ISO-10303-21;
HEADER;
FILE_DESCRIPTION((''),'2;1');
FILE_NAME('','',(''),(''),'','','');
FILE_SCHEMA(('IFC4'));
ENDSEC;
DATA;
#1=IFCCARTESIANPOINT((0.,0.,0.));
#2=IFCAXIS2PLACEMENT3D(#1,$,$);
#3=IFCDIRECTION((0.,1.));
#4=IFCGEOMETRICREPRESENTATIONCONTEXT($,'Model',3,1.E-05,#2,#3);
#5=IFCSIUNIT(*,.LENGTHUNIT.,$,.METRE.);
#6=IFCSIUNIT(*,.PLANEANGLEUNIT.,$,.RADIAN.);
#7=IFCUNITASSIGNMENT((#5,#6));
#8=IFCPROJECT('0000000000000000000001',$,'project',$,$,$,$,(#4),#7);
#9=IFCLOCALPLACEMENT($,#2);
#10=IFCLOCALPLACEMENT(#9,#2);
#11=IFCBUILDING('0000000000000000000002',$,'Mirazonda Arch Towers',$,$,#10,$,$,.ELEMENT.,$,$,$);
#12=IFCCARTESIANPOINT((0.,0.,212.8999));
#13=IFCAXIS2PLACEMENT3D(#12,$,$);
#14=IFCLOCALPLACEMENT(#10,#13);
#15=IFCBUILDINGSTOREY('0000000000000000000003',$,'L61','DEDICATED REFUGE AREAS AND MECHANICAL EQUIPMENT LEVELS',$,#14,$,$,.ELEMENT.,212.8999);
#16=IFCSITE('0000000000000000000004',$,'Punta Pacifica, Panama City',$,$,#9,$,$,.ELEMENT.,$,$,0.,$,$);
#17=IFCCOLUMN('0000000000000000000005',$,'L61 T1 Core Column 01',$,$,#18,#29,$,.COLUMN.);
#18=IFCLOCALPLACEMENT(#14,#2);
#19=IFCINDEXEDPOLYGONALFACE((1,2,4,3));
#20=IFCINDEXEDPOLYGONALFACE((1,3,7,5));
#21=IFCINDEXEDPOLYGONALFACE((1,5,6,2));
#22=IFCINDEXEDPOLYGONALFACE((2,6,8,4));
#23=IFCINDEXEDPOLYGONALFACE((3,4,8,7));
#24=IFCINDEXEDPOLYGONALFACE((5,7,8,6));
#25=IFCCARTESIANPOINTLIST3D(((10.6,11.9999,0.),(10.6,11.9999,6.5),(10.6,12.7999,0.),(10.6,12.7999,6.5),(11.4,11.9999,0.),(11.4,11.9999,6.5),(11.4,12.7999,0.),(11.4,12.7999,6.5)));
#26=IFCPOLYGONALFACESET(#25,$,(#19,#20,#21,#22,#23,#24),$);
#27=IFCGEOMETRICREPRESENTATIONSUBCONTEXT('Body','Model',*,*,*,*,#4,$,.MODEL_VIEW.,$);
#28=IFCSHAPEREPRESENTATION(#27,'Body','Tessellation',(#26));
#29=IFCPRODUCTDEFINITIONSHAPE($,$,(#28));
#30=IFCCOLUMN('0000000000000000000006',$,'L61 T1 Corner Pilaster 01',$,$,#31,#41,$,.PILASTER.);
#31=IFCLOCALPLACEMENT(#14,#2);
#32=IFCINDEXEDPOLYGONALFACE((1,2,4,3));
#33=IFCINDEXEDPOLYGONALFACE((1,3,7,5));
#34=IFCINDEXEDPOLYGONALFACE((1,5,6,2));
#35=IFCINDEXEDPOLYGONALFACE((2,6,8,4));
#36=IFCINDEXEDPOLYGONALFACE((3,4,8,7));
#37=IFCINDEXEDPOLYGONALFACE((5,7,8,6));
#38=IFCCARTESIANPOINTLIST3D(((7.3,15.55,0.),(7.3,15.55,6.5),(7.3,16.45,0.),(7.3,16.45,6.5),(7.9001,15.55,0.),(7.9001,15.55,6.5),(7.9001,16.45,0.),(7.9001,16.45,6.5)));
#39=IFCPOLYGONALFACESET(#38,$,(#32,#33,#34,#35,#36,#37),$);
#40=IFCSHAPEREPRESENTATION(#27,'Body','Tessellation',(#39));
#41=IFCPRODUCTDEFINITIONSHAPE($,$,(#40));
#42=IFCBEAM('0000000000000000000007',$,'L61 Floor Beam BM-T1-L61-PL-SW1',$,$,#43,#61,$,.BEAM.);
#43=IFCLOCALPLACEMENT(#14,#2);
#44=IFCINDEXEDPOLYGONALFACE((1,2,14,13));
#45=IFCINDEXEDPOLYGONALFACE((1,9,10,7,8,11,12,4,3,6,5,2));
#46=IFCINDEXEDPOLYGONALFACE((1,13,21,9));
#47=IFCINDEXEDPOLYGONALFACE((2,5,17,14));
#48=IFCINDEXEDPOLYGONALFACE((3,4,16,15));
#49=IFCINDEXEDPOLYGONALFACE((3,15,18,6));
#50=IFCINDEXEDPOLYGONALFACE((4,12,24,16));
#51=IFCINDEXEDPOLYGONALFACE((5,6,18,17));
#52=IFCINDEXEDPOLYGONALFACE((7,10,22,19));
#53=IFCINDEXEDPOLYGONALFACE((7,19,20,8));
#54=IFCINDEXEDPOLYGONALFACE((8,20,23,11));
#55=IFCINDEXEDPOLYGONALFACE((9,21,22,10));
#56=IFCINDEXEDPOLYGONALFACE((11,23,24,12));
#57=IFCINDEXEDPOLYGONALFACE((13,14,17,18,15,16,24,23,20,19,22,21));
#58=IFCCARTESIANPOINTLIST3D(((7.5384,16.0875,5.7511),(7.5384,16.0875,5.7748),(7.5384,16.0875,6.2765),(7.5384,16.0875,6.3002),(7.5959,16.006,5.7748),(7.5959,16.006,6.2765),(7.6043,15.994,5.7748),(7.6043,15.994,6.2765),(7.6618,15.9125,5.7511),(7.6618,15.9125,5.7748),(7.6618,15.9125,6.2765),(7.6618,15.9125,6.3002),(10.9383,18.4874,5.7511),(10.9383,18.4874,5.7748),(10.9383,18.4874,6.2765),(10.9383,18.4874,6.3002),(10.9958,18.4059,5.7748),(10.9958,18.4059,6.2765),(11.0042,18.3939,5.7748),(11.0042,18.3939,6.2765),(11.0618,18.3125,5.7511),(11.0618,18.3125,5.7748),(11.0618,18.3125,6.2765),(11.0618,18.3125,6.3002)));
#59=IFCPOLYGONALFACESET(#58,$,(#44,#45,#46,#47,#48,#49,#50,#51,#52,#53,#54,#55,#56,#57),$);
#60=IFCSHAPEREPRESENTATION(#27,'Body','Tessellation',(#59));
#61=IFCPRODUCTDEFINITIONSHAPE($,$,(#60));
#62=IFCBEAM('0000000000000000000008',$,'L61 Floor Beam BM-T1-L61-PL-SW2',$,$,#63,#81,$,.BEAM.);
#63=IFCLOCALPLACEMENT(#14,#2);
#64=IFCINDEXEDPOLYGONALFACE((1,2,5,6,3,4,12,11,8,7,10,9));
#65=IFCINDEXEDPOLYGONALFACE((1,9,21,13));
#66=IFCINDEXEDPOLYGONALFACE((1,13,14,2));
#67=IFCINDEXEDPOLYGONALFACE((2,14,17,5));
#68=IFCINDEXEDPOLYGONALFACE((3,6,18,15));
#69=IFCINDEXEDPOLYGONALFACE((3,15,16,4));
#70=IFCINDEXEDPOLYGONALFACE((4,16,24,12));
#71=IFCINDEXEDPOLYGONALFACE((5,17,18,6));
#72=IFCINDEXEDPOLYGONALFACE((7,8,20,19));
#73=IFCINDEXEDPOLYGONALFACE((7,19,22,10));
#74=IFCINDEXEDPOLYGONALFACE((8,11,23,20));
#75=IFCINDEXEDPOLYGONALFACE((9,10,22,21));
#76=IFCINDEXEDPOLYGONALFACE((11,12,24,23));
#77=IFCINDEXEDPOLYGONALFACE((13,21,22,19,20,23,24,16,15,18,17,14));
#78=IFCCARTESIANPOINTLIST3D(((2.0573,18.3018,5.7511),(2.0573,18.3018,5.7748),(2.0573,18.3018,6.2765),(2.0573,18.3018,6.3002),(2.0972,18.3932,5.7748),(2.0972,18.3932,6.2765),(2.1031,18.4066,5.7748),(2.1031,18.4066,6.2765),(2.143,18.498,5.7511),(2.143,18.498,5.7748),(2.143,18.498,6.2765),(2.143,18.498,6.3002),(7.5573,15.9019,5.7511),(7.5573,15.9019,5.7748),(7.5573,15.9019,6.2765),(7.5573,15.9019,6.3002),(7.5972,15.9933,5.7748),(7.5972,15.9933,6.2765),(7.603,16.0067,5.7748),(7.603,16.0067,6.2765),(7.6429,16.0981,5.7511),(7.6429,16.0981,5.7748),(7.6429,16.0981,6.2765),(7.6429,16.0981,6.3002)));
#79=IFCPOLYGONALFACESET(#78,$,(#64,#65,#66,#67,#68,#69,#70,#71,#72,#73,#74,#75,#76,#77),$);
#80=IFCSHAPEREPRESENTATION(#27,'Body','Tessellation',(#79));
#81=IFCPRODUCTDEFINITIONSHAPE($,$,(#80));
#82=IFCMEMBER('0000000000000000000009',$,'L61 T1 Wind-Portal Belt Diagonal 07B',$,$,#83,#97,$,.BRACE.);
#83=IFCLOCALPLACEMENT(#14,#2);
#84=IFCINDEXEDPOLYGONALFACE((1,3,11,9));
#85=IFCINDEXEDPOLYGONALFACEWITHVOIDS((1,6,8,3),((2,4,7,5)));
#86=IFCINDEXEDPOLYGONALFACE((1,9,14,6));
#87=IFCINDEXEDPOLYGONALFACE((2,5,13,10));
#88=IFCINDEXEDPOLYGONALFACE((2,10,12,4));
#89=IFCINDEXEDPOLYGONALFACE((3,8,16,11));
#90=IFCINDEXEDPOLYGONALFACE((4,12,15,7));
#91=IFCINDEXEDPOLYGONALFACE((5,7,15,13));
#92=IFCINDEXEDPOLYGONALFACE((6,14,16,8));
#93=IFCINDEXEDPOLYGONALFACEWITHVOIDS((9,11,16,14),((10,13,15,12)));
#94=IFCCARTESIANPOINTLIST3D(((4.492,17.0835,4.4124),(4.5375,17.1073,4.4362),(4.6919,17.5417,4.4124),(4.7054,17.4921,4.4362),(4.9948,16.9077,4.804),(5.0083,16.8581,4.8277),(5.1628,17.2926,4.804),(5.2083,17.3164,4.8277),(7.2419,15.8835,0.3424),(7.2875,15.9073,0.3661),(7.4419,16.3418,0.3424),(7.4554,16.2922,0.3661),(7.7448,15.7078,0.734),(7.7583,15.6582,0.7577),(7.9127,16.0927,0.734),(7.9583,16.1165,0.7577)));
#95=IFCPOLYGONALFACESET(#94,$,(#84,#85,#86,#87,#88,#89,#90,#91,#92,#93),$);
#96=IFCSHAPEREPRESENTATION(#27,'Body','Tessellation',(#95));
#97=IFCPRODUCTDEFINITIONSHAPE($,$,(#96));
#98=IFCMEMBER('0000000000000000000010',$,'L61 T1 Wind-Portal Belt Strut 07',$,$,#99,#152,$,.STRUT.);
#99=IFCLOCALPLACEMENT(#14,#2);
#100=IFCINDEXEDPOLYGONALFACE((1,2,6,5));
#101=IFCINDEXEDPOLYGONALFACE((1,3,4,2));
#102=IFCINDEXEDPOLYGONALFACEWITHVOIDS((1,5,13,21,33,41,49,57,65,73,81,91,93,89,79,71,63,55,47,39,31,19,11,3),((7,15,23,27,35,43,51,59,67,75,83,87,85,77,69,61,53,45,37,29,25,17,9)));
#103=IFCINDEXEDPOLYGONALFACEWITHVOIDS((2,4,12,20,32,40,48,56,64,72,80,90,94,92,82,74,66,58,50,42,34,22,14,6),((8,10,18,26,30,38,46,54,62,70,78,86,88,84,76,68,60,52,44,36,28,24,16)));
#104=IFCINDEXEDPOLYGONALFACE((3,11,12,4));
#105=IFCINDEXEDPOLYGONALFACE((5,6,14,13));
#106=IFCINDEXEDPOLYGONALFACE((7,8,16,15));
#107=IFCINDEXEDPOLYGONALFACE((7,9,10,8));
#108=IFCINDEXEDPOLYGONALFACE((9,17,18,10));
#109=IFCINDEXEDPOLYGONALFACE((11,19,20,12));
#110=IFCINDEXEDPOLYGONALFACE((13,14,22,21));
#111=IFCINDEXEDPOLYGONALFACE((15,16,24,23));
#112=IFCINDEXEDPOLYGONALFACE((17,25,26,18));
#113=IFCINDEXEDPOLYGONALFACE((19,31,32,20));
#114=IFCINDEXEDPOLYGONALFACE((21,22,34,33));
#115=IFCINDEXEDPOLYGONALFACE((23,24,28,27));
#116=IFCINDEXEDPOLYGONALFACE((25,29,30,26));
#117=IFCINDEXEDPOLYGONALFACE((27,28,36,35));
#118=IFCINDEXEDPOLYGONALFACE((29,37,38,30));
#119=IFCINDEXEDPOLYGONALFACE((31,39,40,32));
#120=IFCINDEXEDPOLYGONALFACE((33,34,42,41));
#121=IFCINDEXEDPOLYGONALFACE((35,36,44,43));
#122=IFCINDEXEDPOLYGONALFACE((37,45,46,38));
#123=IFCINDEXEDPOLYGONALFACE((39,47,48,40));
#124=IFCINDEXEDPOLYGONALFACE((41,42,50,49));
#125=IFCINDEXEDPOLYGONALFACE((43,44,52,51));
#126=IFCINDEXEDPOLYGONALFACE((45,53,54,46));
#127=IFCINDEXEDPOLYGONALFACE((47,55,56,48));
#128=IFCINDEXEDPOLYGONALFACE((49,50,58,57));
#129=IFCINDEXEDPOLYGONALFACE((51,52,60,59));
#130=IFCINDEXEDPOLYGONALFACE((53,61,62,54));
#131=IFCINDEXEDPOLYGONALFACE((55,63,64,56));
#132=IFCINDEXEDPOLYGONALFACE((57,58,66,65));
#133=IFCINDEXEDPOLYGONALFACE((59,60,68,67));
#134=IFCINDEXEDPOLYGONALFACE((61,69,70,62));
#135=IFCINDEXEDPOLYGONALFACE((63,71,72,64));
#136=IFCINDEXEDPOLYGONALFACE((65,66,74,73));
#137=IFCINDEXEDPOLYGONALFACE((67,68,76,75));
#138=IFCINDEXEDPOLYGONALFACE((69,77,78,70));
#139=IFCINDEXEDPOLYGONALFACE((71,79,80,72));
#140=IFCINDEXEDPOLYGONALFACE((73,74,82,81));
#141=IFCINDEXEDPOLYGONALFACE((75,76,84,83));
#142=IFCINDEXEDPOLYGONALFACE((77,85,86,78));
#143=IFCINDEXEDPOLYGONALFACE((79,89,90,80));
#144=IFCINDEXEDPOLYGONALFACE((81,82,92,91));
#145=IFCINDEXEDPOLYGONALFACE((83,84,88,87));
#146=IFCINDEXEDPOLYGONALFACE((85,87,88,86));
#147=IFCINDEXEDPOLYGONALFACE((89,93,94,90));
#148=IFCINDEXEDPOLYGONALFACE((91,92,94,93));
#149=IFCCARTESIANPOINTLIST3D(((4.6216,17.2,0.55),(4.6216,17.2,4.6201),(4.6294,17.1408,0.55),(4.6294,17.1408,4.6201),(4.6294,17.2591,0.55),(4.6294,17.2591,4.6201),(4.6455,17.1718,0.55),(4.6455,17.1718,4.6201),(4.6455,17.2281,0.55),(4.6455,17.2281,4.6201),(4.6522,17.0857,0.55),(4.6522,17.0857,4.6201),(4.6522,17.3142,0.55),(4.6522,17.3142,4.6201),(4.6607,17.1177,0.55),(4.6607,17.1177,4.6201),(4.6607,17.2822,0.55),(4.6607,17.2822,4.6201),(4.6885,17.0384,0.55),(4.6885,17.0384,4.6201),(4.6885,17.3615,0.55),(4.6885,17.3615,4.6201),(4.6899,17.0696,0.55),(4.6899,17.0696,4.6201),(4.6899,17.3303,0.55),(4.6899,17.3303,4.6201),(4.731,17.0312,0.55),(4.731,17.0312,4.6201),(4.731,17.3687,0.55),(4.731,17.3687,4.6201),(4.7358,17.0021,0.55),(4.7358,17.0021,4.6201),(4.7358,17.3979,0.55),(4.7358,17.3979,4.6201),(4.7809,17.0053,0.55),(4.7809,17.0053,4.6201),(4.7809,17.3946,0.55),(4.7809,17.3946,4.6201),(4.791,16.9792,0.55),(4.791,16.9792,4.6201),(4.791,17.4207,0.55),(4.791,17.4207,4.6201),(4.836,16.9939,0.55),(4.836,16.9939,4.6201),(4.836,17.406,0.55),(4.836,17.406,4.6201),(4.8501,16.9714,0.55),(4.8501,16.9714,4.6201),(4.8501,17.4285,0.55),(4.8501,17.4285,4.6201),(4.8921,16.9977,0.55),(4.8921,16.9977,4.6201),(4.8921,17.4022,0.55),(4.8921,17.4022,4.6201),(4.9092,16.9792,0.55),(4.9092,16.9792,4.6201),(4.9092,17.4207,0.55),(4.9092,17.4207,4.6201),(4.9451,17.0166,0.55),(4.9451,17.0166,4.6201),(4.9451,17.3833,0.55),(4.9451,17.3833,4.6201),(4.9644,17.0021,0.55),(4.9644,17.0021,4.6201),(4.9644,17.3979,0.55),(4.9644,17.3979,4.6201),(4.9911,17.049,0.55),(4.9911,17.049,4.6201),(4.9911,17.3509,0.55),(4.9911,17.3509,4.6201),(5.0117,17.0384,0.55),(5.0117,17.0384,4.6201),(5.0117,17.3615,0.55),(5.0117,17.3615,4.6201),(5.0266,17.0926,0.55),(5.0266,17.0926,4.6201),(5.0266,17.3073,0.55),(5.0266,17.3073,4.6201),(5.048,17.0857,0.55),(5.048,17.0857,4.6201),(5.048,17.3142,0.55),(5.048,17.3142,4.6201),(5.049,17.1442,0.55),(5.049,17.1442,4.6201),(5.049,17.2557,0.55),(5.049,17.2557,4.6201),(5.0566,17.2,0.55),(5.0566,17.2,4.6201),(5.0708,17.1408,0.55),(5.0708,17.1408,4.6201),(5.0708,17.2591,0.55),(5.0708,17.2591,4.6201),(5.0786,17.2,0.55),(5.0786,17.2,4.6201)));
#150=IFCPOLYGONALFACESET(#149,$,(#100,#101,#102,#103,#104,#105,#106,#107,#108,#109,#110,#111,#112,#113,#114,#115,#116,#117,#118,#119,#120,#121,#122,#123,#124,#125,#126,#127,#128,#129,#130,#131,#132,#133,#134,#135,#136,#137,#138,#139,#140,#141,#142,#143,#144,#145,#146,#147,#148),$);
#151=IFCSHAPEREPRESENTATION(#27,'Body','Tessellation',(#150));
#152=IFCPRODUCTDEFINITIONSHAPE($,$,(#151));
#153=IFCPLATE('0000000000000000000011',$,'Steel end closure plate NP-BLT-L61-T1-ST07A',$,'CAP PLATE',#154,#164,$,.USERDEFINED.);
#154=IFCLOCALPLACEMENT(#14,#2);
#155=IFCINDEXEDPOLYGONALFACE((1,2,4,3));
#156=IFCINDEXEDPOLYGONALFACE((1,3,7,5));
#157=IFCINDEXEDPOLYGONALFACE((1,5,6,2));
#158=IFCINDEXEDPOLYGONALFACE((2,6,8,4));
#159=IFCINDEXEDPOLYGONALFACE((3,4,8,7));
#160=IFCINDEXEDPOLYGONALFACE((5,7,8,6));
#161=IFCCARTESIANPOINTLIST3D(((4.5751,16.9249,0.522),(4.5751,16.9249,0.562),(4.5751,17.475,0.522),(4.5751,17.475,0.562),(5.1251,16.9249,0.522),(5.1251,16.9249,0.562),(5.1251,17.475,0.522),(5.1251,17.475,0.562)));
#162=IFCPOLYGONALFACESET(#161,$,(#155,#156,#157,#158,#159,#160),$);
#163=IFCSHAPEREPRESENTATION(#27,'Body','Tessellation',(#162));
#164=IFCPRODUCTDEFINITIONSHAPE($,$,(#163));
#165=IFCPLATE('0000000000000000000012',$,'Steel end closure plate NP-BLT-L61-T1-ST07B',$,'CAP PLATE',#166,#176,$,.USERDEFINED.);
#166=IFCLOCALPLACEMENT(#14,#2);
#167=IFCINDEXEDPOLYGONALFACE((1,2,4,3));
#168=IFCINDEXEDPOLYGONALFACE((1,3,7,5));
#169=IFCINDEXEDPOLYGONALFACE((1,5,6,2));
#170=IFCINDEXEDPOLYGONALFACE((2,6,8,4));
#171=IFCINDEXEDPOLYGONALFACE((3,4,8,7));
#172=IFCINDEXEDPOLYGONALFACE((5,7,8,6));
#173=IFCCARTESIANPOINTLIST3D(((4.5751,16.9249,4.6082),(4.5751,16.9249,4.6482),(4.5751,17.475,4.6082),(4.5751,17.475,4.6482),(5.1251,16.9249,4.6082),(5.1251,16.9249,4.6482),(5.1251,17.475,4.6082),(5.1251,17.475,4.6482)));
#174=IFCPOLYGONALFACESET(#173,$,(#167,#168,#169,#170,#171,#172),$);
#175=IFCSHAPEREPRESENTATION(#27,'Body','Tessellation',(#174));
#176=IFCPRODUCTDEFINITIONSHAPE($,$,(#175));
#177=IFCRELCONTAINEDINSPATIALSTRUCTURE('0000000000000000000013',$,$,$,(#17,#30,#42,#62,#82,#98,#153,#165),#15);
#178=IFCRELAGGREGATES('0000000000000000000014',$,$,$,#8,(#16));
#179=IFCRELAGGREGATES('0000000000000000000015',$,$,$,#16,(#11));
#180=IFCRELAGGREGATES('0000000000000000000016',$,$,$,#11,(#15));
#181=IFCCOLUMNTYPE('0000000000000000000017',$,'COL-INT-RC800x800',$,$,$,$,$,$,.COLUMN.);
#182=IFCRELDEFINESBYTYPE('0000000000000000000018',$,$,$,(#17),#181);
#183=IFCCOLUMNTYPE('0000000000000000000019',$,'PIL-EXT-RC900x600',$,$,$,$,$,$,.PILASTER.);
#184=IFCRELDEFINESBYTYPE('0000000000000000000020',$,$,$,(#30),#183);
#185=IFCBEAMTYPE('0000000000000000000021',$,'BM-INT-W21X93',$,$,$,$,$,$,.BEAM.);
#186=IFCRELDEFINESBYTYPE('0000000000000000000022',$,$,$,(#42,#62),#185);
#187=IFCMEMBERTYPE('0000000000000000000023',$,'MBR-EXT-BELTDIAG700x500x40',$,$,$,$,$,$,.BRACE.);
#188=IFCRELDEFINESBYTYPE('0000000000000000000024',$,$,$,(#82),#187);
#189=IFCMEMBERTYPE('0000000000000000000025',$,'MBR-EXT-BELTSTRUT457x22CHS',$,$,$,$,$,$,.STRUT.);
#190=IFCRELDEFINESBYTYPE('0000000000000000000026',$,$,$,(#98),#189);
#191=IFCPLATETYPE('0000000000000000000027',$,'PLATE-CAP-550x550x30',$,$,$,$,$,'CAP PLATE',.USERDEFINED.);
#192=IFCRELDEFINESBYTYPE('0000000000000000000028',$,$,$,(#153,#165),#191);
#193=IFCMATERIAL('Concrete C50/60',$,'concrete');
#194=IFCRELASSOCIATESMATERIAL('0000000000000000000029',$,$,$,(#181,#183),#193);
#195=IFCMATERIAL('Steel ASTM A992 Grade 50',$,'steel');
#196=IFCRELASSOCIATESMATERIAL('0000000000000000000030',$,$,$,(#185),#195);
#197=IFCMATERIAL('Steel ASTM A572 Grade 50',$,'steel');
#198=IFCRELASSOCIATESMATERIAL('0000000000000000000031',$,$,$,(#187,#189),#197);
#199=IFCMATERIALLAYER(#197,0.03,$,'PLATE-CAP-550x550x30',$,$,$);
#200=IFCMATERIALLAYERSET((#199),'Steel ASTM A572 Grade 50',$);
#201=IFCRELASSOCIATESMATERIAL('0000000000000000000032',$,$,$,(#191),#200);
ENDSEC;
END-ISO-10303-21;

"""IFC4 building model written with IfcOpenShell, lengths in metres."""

from ifc_helpers import new_model, si_unit, direction, frame, origin, origin_2d, place, context, subcontext, project, spatial, rectangle, hollow_rectangle, hollow_circle, i_section, extrude, material, layer, layer_set, material_profile, profile_set, type_object, element, save


model = new_model("IFC4")

# Units and contexts
model_context = context("Model", 3, precision=1e-05, world=origin(), true_north=direction((0.0, 1.0)))
body_context = subcontext(model_context, "Body", "Model", "MODEL_VIEW")
ifc_project = project(units=[si_unit("LENGTHUNIT", "METRE"), si_unit("PLANEANGLEUNIT", "RADIAN")], contexts=[model_context])

# Site, building, storey
site_placement = place(None, origin())
site = spatial("IfcSite", under=ifc_project, at=site_placement, Name="Punta Pacifica, Panama City", CompositionType="ELEMENT", RefElevation=0.0)
building_placement = place(site_placement, origin())
building = spatial("IfcBuilding", under=site, at=building_placement, Name="Mirazonda Arch Towers", CompositionType="ELEMENT")
storey_placement = place(building_placement, frame((0.0, 0.0, 212.8999)))
storey = spatial("IfcBuildingStorey", under=building, at=storey_placement, Name="L61", Description="DEDICATED REFUGE AREAS AND MECHANICAL EQUIPMENT LEVELS", CompositionType="ELEMENT", Elevation=212.8999)

# Columns
ifc_material_1 = material(Name="Concrete C50/60", Category="concrete")
ifc_material_profile_1 = material_profile(ifc_material_1, rectangle(XDim=0.8, YDim=0.8, at=origin_2d()), Name="RC800x800")
ifc_profile_set_1 = profile_set([ifc_material_profile_1], Name="Concrete C50/60")
column_type_1 = type_object("IfcColumnType", Name="COL-INT-RC800x800", PredefinedType="COLUMN", material=ifc_profile_set_1)
column_1_placement = place(storey_placement, frame((11.0, 12.3999, 0.0), z_axis=(0.0, 0.0, 1.0), x_axis=(1.0, 0.0, 0.0)))
element("IfcColumn", 1, at=column_1_placement, inside=storey, type_object=column_type_1, Name="L61 T1 Core Column 01", PredefinedType="COLUMN", context=body_context, shape_type="SweptSolid", body=[
    extrude(rectangle(XDim=0.8, YDim=0.8, at=origin_2d()), origin(), (0.0, 0.0, 1.0), 6.5),
])
ifc_material_profile_2 = material_profile(ifc_material_1, rectangle(XDim=0.6001, YDim=0.8999, at=origin_2d()), Name="RC900x600")
ifc_profile_set_2 = profile_set([ifc_material_profile_2], Name="Concrete C50/60")
column_type_2 = type_object("IfcColumnType", Name="PIL-EXT-RC900x600", PredefinedType="PILASTER", material=ifc_profile_set_2)
column_2_placement = place(storey_placement, frame((7.6001, 16.0, 0.0), z_axis=(0.0, 0.0, 1.0), x_axis=(1.0, 0.0, 0.0)))
element("IfcColumn", 2, at=column_2_placement, inside=storey, type_object=column_type_2, Name="L61 T1 Corner Pilaster 01", PredefinedType="PILASTER", context=body_context, shape_type="SweptSolid", body=[
    extrude(rectangle(XDim=0.6001, YDim=0.8999, at=origin_2d()), origin(), (0.0, 0.0, 1.0), 6.5),
])

# Beams
ifc_material_2 = material(Name="Steel ASTM A992 Grade 50", Category="steel")
ifc_material_profile_3 = material_profile(ifc_material_2, i_section(OverallWidth=0.2141, OverallDepth=0.5491, WebThickness=0.0146, FlangeThickness=0.0237, at=origin_2d()), Name="W21X93")
ifc_profile_set_3 = profile_set([ifc_material_profile_3], Name="Steel ASTM A992 Grade 50")
beam_type = type_object("IfcBeamType", Name="BM-INT-W21X93", PredefinedType="BEAM", material=ifc_profile_set_3)
beam_1_placement = place(storey_placement, frame((7.6001, 16.0, 6.0256), z_axis=(0.816971, 0.576679, 0.0), x_axis=(-0.576679, 0.816971, 0.0)))
element("IfcBeam", 3, at=beam_1_placement, inside=storey, type_object=beam_type, Name="L61 Floor Beam BM-T1-L61-PL-SW1", PredefinedType="BEAM", context=body_context, shape_type="SweptSolid", body=[
    extrude(i_section(OverallWidth=0.2141, OverallDepth=0.5491, WebThickness=0.0146, FlangeThickness=0.0237, at=origin_2d()), origin(), (0.0, 0.0, 1.0), 4.1616),
])
beam_2_placement = place(storey_placement, frame((7.6001, 16.0, 6.0256), z_axis=(-0.916545, 0.399931, 0.0), x_axis=(-0.399931, -0.916545, 0.0)))
element("IfcBeam", 4, at=beam_2_placement, inside=storey, type_object=beam_type, Name="L61 Floor Beam BM-T1-L61-PL-SW2", PredefinedType="BEAM", context=body_context, shape_type="SweptSolid", body=[
    extrude(i_section(OverallWidth=0.2141, OverallDepth=0.5491, WebThickness=0.0146, FlangeThickness=0.0237, at=origin_2d()), origin(), (0.0, 0.0, 1.0), 6.0007),
])

# Members
ifc_material_3 = material(Name="Steel ASTM A572 Grade 50", Category="steel")
ifc_material_profile_4 = material_profile(ifc_material_3, hollow_rectangle(XDim=0.5, YDim=0.7, WallThickness=0.04, at=origin_2d()), Name="BELTDIAG700x500x40")
ifc_profile_set_4 = profile_set([ifc_material_profile_4], Name="Steel ASTM A572 Grade 50")
member_type_1 = type_object("IfcMemberType", Name="MBR-EXT-BELTDIAG700x500x40", PredefinedType="BRACE", material=ifc_profile_set_4)
member_1_placement = place(storey_placement, frame((7.6001, 16.0, 0.55), z_axis=(-0.543858, 0.23731, 0.804924), x_axis=(-0.399931, -0.916545, 0.0)))
element("IfcMember", 5, at=member_1_placement, inside=storey, type_object=member_type_1, Name="L61 T1 Wind-Portal Belt Diagonal 07B", PredefinedType="BRACE", context=body_context, shape_type="SweptSolid", body=[
    extrude(hollow_rectangle(XDim=0.5, YDim=0.7, WallThickness=0.04, at=origin_2d()), origin(), (0.0, 0.0, 1.0), 5.0564),
])
ifc_material_profile_5 = material_profile(ifc_material_3, hollow_circle(Radius=0.2285, WallThickness=0.022, at=origin_2d()), Name="BELTSTRUT457x22CHS")
ifc_profile_set_5 = profile_set([ifc_material_profile_5], Name="Steel ASTM A572 Grade 50")
member_type_2 = type_object("IfcMemberType", Name="MBR-EXT-BELTSTRUT457x22CHS", PredefinedType="STRUT", material=ifc_profile_set_5)
member_2_placement = place(storey_placement, frame((4.8501, 17.2, 0.55), z_axis=(0.0, 0.0, 1.0), x_axis=(1.0, 0.0, 0.0)))
element("IfcMember", 6, at=member_2_placement, inside=storey, type_object=member_type_2, Name="L61 T1 Wind-Portal Belt Strut 07", PredefinedType="STRUT", context=body_context, shape_type="SweptSolid", body=[
    extrude(hollow_circle(Radius=0.2285, WallThickness=0.022, at=origin_2d()), origin(), (0.0, 0.0, 1.0), 4.0701),
])

# Plates
ifc_layer_1 = layer(ifc_material_3, 0.03, Name="PLATE-CAP-550x550x30")
ifc_layer_set_1 = layer_set([ifc_layer_1], Name="Steel ASTM A572 Grade 50")
plate_type_1 = type_object("IfcPlateType", Name="PLATE-CAP-550x550x30", ElementType="CAP PLATE", PredefinedType="USERDEFINED", material=ifc_layer_set_1)
for number, where, z_axis, x_axis, name in (
    (7, (4.8501, 17.2, 0.522), (0.0, 0.0, 1.0), (1.0, 0.0, 0.0), "Steel end closure plate NP-BLT-L61-T1-ST07A"),
    (8, (4.8501, 17.2, 4.6082), (0.0, 0.0, 1.0), (1.0, 0.0, 0.0), "Steel end closure plate NP-BLT-L61-T1-ST07B"),
):
    element("IfcPlate", number, at=place(storey_placement, frame(where, z_axis=z_axis, x_axis=x_axis)), inside=storey, type_object=plate_type_1, Name=name, ObjectType="CAP PLATE", PredefinedType="USERDEFINED", context=body_context, shape_type="SweptSolid", body=[
        extrude(rectangle(XDim=0.55, YDim=0.55, at=origin_2d()), origin(), (0.0, 0.0, 1.0), 0.04),
    ])

save(model, "model.ifc")
